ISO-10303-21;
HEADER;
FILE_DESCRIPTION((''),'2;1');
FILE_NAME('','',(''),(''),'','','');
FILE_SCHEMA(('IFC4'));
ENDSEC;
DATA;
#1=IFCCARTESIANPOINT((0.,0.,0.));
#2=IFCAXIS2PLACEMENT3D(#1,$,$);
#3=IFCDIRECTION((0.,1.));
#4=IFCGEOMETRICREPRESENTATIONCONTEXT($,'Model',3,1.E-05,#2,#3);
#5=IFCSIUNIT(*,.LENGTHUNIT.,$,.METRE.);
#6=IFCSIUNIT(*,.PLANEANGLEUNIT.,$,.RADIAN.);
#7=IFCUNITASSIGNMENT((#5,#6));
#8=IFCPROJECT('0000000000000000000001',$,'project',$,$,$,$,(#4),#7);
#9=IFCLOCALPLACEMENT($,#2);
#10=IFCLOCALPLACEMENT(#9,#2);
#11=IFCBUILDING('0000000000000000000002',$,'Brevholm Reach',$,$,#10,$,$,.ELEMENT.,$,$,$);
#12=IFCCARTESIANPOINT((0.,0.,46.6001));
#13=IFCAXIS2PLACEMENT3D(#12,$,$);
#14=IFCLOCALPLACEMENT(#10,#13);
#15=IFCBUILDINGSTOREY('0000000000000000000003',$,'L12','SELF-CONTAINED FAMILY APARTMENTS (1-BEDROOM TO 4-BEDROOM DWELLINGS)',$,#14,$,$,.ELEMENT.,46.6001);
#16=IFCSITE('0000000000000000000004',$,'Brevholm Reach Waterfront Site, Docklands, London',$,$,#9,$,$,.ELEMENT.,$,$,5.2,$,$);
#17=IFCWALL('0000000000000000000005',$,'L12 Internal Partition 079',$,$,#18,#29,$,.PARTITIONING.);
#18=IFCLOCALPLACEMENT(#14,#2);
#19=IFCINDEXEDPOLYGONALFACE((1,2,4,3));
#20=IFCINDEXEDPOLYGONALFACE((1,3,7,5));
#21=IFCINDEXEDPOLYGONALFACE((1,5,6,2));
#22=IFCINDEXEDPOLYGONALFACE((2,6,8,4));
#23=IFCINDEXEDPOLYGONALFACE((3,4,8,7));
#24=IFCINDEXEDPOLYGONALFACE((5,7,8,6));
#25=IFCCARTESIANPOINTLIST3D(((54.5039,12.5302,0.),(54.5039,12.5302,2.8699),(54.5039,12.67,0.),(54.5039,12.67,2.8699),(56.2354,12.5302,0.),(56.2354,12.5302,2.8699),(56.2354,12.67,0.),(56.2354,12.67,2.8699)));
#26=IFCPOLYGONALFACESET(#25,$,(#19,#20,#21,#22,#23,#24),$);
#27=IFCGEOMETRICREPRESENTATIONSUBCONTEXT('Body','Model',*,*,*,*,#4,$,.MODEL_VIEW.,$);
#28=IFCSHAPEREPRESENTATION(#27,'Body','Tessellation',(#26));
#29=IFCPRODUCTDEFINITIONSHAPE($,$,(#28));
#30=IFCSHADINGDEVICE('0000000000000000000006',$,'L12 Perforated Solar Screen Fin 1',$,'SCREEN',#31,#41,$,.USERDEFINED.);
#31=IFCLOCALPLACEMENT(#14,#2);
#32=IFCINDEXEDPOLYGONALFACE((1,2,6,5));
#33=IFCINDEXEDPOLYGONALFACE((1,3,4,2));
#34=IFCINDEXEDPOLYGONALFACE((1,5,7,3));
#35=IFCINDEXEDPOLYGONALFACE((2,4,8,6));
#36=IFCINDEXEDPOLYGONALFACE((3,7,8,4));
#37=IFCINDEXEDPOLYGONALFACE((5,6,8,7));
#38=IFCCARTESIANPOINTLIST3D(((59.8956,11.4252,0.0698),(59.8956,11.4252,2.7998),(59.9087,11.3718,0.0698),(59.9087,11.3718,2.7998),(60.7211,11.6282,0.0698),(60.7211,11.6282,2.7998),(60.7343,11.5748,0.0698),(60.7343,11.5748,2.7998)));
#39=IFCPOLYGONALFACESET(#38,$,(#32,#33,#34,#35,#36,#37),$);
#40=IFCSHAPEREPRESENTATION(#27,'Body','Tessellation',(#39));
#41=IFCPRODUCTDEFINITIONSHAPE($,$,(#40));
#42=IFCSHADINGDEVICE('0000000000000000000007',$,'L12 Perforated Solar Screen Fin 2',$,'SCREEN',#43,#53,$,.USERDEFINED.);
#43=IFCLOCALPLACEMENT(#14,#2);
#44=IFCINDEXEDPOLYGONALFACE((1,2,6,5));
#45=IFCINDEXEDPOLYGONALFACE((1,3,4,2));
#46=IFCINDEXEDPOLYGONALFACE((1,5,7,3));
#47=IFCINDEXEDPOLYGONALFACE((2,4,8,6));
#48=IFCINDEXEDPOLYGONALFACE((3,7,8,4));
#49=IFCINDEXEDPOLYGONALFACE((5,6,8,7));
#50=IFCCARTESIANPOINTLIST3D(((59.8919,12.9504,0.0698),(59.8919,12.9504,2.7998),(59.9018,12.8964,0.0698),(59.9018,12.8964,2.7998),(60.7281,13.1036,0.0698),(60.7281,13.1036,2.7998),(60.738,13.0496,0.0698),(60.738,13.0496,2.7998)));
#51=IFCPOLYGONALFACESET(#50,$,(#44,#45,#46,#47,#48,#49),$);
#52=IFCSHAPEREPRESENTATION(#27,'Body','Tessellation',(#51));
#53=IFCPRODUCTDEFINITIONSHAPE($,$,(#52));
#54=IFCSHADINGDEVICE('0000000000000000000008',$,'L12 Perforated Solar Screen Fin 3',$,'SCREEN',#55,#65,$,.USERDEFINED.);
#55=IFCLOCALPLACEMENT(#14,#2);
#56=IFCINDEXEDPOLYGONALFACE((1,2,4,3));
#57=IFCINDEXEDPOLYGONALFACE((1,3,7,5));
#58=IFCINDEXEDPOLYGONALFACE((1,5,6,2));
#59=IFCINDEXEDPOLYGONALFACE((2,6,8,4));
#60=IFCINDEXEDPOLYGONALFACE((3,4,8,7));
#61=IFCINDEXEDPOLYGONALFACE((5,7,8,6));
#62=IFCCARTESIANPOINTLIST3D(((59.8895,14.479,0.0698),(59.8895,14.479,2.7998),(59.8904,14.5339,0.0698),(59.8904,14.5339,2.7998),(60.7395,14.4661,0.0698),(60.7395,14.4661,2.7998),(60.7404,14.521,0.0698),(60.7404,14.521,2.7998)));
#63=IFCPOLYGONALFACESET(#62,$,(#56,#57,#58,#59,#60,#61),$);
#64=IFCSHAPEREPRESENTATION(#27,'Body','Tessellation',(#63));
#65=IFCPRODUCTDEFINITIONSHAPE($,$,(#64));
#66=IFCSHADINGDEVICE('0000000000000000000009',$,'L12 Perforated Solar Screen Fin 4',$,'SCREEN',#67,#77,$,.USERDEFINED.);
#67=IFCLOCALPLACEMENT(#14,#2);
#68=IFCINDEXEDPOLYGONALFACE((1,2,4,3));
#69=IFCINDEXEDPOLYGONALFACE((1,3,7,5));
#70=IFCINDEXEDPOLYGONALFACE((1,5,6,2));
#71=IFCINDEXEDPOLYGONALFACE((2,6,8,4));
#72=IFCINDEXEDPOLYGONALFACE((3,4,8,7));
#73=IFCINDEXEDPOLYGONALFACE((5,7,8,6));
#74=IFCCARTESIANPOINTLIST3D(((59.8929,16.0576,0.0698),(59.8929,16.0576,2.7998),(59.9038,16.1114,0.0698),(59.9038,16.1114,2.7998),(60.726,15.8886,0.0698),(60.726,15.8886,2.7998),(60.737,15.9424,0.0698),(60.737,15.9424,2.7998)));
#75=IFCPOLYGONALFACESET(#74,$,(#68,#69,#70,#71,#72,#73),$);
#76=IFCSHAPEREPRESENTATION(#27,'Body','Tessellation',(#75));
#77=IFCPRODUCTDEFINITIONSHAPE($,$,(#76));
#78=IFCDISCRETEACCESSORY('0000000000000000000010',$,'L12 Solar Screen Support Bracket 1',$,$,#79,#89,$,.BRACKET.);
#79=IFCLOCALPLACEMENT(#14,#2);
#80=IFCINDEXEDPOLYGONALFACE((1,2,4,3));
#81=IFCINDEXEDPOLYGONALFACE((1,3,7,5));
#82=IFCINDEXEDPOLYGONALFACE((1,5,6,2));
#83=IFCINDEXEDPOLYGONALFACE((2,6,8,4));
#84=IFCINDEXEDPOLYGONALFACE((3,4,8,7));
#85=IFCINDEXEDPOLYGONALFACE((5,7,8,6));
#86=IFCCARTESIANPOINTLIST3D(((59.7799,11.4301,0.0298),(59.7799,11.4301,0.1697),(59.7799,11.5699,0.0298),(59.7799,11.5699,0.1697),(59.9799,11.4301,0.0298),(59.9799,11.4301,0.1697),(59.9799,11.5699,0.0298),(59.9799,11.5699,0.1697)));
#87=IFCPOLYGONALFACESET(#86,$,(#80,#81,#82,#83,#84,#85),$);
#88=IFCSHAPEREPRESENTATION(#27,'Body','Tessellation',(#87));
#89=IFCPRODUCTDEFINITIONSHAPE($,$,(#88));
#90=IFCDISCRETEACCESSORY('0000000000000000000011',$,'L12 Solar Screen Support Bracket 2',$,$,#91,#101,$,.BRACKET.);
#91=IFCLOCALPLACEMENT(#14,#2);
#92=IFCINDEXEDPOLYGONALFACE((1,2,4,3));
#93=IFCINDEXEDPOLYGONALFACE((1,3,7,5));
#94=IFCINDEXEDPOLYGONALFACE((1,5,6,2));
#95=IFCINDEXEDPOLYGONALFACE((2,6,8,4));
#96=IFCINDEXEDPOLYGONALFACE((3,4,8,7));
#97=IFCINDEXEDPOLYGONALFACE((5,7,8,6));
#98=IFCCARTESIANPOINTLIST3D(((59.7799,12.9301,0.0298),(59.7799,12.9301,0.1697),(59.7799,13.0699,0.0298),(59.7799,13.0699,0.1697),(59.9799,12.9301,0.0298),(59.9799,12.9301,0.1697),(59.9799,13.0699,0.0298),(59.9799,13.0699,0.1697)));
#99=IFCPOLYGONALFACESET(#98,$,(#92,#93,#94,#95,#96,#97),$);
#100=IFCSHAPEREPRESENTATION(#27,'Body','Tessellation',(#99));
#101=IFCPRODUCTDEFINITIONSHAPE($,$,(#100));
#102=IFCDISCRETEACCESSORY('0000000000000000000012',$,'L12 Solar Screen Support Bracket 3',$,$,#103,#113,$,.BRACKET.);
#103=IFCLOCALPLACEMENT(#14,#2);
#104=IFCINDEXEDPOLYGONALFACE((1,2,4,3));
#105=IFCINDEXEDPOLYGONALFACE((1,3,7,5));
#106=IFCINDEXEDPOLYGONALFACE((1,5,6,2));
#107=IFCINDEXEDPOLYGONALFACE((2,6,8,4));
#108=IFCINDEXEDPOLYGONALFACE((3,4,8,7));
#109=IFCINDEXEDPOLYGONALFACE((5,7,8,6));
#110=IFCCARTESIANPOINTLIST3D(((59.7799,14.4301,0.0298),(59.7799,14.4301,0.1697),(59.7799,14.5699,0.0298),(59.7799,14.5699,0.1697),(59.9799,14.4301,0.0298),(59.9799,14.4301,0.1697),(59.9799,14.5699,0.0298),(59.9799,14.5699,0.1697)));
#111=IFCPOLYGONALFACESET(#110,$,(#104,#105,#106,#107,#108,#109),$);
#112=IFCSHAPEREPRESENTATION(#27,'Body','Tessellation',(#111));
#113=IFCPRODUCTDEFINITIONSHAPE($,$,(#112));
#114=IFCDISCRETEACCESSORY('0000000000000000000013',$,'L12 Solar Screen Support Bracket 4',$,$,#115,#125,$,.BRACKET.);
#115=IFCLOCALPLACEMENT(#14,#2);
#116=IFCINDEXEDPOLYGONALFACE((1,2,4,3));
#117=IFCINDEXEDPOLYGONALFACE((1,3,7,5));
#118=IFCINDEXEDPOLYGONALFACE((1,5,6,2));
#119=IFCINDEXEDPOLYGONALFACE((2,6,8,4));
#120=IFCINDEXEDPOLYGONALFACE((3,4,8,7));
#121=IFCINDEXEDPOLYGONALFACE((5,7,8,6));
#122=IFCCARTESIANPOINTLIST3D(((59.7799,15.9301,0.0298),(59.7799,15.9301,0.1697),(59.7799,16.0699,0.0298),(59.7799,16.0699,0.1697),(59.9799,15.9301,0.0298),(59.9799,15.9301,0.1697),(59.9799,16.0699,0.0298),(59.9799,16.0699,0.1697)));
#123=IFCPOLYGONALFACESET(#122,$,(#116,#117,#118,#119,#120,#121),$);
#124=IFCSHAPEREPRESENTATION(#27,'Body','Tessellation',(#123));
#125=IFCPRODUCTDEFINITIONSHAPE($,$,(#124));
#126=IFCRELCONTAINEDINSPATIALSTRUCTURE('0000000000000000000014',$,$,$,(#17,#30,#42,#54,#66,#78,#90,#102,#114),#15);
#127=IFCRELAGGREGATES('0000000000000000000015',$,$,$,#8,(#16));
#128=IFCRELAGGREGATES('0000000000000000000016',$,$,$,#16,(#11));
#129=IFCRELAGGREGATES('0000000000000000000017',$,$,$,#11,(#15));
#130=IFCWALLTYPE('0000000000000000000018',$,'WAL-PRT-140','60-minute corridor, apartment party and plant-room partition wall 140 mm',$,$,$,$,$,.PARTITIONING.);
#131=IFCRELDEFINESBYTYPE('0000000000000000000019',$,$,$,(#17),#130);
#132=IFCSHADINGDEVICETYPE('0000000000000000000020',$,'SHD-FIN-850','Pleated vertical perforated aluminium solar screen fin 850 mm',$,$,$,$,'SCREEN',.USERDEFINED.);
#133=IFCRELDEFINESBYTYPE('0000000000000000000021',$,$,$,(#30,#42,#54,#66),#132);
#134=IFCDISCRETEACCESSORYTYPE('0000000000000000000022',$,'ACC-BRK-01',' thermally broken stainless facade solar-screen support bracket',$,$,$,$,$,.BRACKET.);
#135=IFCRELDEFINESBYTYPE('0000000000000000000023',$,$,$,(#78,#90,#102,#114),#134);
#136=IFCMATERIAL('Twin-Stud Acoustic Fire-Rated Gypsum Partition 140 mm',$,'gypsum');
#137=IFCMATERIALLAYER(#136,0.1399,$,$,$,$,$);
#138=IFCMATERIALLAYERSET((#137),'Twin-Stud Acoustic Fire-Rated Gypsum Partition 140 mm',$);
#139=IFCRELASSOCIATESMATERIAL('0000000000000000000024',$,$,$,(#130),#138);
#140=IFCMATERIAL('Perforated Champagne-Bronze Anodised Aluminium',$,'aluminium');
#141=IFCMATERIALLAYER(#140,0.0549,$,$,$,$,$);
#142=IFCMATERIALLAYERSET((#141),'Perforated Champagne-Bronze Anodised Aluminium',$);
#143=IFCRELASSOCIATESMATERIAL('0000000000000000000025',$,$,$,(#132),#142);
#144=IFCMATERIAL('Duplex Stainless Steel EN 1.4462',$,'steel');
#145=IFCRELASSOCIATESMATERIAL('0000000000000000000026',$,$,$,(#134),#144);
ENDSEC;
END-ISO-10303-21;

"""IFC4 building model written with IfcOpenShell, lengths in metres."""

from ifc_helpers import new_model, si_unit, direction, frame, frame_2d, origin, origin_2d, place, context, subcontext, project, spatial, rectangle, extrude, material, layer, layer_set, type_object, element, save


model = new_model("IFC4")

# Units and contexts
model_context = context("Model", 3, precision=1e-05, world=origin(), true_north=direction((0.0, 1.0)))
body_context = subcontext(model_context, "Body", "Model", "MODEL_VIEW")
ifc_project = project(units=[si_unit("LENGTHUNIT", "METRE"), si_unit("PLANEANGLEUNIT", "RADIAN")], contexts=[model_context])

# Site, building, storey
site_placement = place(None, origin())
site = spatial("IfcSite", under=ifc_project, at=site_placement, Name="Brevholm Reach Waterfront Site, Docklands, London", CompositionType="ELEMENT", RefElevation=5.2)
building_placement = place(site_placement, origin())
building = spatial("IfcBuilding", under=site, at=building_placement, Name="Brevholm Reach", CompositionType="ELEMENT")
storey_placement = place(building_placement, frame((0.0, 0.0, 46.6001)))
storey = spatial("IfcBuildingStorey", under=building, at=storey_placement, Name="L12", Description="SELF-CONTAINED FAMILY APARTMENTS (1-BEDROOM TO 4-BEDROOM DWELLINGS)", CompositionType="ELEMENT", Elevation=46.6001)

# Shared definitions
ifc_material_1 = material(Name="Twin-Stud Acoustic Fire-Rated Gypsum Partition 140 mm", Category="gypsum")
ifc_layer_1 = layer(ifc_material_1, 0.1399)
ifc_layer_set_1 = layer_set([ifc_layer_1], Name="Twin-Stud Acoustic Fire-Rated Gypsum Partition 140 mm")
wall_type_1 = type_object("IfcWallType", Name="WAL-PRT-140", Description="60-minute corridor, apartment party and plant-room partition wall 140 mm", PredefinedType="PARTITIONING", material=ifc_layer_set_1)

# Wall
wall_1_placement = place(storey_placement, frame((54.5039, 12.6001, 0.0), z_axis=(0.0, 0.0, 1.0), x_axis=(1.0, 0.0, 0.0)))
element("IfcWall", 1, at=wall_1_placement, inside=storey, type_object=wall_type_1, Name="L12 Internal Partition 079", PredefinedType="PARTITIONING", context=body_context, shape_type="SweptSolid", body=[
    extrude(rectangle(XDim=1.7314, YDim=0.1399, at=frame_2d((0.8657, 0.0))), origin(), (0.0, 0.0, 1.0), 2.8699),
])

# Shading devices
ifc_material_2 = material(Name="Perforated Champagne-Bronze Anodised Aluminium", Category="aluminium")
ifc_layer_2 = layer(ifc_material_2, 0.0549)
ifc_layer_set_2 = layer_set([ifc_layer_2], Name="Perforated Champagne-Bronze Anodised Aluminium")
shading_device_type = type_object("IfcShadingDeviceType", Name="SHD-FIN-850", Description="Pleated vertical perforated aluminium solar screen fin 850 mm", ElementType="SCREEN", PredefinedType="USERDEFINED", material=ifc_layer_set_2)
for number, where, z_axis, x_axis, name in (
    (2, (60.3149, 11.5, 0.0698), (0.0, 0.0, 1.0), (0.971068, 0.238805, 0.0), "L12 Perforated Solar Screen Fin 1"),
    (3, (60.3149, 13.0, 0.0698), (0.0, 0.0, 1.0), (0.983622, 0.180244, 0.0), "L12 Perforated Solar Screen Fin 2"),
    (4, (60.3149, 14.5, 0.0698), (0.0, 0.0, 1.0), (0.999885, -0.015149, 0.0), "L12 Perforated Solar Screen Fin 3"),
    (5, (60.3149, 16.0, 0.0698), (0.0, 0.0, 1.0), (0.980043, -0.198786, 0.0), "L12 Perforated Solar Screen Fin 4"),
):
    element("IfcShadingDevice", number, at=place(storey_placement, frame(where, z_axis=z_axis, x_axis=x_axis)), inside=storey, type_object=shading_device_type, Name=name, ObjectType="SCREEN", PredefinedType="USERDEFINED", context=body_context, shape_type="SweptSolid", body=[
        extrude(rectangle(XDim=0.8501, YDim=0.0549, at=origin_2d()), origin(), (0.0, 0.0, 1.0), 2.73),
    ])

# Discrete accessories
ifc_material_3 = material(Name="Duplex Stainless Steel EN 1.4462", Category="steel")
discrete_accessory_type = type_object("IfcDiscreteAccessoryType", Name="ACC-BRK-01", Description=" thermally broken stainless facade solar-screen support bracket", PredefinedType="BRACKET", material=ifc_material_3)
for number, where, z_axis, x_axis, name in (
    (6, (59.8799, 11.5, 0.0298), (0.0, 0.0, 1.0), (1.0, 0.0, 0.0), "L12 Solar Screen Support Bracket 1"),
    (7, (59.8799, 13.0, 0.0298), (0.0, 0.0, 1.0), (1.0, 0.0, 0.0), "L12 Solar Screen Support Bracket 2"),
    (8, (59.8799, 14.5, 0.0298), (0.0, 0.0, 1.0), (1.0, 0.0, 0.0), "L12 Solar Screen Support Bracket 3"),
    (9, (59.8799, 16.0, 0.0298), (0.0, 0.0, 1.0), (1.0, 0.0, 0.0), "L12 Solar Screen Support Bracket 4"),
):
    element("IfcDiscreteAccessory", number, at=place(storey_placement, frame(where, z_axis=z_axis, x_axis=x_axis)), inside=storey, type_object=discrete_accessory_type, Name=name, PredefinedType="BRACKET", context=body_context, shape_type="SweptSolid", body=[
        extrude(rectangle(XDim=0.2, YDim=0.1399, at=origin_2d()), origin(), (0.0, 0.0, 1.0), 0.1399),
    ])

save(model, "model.ifc")
